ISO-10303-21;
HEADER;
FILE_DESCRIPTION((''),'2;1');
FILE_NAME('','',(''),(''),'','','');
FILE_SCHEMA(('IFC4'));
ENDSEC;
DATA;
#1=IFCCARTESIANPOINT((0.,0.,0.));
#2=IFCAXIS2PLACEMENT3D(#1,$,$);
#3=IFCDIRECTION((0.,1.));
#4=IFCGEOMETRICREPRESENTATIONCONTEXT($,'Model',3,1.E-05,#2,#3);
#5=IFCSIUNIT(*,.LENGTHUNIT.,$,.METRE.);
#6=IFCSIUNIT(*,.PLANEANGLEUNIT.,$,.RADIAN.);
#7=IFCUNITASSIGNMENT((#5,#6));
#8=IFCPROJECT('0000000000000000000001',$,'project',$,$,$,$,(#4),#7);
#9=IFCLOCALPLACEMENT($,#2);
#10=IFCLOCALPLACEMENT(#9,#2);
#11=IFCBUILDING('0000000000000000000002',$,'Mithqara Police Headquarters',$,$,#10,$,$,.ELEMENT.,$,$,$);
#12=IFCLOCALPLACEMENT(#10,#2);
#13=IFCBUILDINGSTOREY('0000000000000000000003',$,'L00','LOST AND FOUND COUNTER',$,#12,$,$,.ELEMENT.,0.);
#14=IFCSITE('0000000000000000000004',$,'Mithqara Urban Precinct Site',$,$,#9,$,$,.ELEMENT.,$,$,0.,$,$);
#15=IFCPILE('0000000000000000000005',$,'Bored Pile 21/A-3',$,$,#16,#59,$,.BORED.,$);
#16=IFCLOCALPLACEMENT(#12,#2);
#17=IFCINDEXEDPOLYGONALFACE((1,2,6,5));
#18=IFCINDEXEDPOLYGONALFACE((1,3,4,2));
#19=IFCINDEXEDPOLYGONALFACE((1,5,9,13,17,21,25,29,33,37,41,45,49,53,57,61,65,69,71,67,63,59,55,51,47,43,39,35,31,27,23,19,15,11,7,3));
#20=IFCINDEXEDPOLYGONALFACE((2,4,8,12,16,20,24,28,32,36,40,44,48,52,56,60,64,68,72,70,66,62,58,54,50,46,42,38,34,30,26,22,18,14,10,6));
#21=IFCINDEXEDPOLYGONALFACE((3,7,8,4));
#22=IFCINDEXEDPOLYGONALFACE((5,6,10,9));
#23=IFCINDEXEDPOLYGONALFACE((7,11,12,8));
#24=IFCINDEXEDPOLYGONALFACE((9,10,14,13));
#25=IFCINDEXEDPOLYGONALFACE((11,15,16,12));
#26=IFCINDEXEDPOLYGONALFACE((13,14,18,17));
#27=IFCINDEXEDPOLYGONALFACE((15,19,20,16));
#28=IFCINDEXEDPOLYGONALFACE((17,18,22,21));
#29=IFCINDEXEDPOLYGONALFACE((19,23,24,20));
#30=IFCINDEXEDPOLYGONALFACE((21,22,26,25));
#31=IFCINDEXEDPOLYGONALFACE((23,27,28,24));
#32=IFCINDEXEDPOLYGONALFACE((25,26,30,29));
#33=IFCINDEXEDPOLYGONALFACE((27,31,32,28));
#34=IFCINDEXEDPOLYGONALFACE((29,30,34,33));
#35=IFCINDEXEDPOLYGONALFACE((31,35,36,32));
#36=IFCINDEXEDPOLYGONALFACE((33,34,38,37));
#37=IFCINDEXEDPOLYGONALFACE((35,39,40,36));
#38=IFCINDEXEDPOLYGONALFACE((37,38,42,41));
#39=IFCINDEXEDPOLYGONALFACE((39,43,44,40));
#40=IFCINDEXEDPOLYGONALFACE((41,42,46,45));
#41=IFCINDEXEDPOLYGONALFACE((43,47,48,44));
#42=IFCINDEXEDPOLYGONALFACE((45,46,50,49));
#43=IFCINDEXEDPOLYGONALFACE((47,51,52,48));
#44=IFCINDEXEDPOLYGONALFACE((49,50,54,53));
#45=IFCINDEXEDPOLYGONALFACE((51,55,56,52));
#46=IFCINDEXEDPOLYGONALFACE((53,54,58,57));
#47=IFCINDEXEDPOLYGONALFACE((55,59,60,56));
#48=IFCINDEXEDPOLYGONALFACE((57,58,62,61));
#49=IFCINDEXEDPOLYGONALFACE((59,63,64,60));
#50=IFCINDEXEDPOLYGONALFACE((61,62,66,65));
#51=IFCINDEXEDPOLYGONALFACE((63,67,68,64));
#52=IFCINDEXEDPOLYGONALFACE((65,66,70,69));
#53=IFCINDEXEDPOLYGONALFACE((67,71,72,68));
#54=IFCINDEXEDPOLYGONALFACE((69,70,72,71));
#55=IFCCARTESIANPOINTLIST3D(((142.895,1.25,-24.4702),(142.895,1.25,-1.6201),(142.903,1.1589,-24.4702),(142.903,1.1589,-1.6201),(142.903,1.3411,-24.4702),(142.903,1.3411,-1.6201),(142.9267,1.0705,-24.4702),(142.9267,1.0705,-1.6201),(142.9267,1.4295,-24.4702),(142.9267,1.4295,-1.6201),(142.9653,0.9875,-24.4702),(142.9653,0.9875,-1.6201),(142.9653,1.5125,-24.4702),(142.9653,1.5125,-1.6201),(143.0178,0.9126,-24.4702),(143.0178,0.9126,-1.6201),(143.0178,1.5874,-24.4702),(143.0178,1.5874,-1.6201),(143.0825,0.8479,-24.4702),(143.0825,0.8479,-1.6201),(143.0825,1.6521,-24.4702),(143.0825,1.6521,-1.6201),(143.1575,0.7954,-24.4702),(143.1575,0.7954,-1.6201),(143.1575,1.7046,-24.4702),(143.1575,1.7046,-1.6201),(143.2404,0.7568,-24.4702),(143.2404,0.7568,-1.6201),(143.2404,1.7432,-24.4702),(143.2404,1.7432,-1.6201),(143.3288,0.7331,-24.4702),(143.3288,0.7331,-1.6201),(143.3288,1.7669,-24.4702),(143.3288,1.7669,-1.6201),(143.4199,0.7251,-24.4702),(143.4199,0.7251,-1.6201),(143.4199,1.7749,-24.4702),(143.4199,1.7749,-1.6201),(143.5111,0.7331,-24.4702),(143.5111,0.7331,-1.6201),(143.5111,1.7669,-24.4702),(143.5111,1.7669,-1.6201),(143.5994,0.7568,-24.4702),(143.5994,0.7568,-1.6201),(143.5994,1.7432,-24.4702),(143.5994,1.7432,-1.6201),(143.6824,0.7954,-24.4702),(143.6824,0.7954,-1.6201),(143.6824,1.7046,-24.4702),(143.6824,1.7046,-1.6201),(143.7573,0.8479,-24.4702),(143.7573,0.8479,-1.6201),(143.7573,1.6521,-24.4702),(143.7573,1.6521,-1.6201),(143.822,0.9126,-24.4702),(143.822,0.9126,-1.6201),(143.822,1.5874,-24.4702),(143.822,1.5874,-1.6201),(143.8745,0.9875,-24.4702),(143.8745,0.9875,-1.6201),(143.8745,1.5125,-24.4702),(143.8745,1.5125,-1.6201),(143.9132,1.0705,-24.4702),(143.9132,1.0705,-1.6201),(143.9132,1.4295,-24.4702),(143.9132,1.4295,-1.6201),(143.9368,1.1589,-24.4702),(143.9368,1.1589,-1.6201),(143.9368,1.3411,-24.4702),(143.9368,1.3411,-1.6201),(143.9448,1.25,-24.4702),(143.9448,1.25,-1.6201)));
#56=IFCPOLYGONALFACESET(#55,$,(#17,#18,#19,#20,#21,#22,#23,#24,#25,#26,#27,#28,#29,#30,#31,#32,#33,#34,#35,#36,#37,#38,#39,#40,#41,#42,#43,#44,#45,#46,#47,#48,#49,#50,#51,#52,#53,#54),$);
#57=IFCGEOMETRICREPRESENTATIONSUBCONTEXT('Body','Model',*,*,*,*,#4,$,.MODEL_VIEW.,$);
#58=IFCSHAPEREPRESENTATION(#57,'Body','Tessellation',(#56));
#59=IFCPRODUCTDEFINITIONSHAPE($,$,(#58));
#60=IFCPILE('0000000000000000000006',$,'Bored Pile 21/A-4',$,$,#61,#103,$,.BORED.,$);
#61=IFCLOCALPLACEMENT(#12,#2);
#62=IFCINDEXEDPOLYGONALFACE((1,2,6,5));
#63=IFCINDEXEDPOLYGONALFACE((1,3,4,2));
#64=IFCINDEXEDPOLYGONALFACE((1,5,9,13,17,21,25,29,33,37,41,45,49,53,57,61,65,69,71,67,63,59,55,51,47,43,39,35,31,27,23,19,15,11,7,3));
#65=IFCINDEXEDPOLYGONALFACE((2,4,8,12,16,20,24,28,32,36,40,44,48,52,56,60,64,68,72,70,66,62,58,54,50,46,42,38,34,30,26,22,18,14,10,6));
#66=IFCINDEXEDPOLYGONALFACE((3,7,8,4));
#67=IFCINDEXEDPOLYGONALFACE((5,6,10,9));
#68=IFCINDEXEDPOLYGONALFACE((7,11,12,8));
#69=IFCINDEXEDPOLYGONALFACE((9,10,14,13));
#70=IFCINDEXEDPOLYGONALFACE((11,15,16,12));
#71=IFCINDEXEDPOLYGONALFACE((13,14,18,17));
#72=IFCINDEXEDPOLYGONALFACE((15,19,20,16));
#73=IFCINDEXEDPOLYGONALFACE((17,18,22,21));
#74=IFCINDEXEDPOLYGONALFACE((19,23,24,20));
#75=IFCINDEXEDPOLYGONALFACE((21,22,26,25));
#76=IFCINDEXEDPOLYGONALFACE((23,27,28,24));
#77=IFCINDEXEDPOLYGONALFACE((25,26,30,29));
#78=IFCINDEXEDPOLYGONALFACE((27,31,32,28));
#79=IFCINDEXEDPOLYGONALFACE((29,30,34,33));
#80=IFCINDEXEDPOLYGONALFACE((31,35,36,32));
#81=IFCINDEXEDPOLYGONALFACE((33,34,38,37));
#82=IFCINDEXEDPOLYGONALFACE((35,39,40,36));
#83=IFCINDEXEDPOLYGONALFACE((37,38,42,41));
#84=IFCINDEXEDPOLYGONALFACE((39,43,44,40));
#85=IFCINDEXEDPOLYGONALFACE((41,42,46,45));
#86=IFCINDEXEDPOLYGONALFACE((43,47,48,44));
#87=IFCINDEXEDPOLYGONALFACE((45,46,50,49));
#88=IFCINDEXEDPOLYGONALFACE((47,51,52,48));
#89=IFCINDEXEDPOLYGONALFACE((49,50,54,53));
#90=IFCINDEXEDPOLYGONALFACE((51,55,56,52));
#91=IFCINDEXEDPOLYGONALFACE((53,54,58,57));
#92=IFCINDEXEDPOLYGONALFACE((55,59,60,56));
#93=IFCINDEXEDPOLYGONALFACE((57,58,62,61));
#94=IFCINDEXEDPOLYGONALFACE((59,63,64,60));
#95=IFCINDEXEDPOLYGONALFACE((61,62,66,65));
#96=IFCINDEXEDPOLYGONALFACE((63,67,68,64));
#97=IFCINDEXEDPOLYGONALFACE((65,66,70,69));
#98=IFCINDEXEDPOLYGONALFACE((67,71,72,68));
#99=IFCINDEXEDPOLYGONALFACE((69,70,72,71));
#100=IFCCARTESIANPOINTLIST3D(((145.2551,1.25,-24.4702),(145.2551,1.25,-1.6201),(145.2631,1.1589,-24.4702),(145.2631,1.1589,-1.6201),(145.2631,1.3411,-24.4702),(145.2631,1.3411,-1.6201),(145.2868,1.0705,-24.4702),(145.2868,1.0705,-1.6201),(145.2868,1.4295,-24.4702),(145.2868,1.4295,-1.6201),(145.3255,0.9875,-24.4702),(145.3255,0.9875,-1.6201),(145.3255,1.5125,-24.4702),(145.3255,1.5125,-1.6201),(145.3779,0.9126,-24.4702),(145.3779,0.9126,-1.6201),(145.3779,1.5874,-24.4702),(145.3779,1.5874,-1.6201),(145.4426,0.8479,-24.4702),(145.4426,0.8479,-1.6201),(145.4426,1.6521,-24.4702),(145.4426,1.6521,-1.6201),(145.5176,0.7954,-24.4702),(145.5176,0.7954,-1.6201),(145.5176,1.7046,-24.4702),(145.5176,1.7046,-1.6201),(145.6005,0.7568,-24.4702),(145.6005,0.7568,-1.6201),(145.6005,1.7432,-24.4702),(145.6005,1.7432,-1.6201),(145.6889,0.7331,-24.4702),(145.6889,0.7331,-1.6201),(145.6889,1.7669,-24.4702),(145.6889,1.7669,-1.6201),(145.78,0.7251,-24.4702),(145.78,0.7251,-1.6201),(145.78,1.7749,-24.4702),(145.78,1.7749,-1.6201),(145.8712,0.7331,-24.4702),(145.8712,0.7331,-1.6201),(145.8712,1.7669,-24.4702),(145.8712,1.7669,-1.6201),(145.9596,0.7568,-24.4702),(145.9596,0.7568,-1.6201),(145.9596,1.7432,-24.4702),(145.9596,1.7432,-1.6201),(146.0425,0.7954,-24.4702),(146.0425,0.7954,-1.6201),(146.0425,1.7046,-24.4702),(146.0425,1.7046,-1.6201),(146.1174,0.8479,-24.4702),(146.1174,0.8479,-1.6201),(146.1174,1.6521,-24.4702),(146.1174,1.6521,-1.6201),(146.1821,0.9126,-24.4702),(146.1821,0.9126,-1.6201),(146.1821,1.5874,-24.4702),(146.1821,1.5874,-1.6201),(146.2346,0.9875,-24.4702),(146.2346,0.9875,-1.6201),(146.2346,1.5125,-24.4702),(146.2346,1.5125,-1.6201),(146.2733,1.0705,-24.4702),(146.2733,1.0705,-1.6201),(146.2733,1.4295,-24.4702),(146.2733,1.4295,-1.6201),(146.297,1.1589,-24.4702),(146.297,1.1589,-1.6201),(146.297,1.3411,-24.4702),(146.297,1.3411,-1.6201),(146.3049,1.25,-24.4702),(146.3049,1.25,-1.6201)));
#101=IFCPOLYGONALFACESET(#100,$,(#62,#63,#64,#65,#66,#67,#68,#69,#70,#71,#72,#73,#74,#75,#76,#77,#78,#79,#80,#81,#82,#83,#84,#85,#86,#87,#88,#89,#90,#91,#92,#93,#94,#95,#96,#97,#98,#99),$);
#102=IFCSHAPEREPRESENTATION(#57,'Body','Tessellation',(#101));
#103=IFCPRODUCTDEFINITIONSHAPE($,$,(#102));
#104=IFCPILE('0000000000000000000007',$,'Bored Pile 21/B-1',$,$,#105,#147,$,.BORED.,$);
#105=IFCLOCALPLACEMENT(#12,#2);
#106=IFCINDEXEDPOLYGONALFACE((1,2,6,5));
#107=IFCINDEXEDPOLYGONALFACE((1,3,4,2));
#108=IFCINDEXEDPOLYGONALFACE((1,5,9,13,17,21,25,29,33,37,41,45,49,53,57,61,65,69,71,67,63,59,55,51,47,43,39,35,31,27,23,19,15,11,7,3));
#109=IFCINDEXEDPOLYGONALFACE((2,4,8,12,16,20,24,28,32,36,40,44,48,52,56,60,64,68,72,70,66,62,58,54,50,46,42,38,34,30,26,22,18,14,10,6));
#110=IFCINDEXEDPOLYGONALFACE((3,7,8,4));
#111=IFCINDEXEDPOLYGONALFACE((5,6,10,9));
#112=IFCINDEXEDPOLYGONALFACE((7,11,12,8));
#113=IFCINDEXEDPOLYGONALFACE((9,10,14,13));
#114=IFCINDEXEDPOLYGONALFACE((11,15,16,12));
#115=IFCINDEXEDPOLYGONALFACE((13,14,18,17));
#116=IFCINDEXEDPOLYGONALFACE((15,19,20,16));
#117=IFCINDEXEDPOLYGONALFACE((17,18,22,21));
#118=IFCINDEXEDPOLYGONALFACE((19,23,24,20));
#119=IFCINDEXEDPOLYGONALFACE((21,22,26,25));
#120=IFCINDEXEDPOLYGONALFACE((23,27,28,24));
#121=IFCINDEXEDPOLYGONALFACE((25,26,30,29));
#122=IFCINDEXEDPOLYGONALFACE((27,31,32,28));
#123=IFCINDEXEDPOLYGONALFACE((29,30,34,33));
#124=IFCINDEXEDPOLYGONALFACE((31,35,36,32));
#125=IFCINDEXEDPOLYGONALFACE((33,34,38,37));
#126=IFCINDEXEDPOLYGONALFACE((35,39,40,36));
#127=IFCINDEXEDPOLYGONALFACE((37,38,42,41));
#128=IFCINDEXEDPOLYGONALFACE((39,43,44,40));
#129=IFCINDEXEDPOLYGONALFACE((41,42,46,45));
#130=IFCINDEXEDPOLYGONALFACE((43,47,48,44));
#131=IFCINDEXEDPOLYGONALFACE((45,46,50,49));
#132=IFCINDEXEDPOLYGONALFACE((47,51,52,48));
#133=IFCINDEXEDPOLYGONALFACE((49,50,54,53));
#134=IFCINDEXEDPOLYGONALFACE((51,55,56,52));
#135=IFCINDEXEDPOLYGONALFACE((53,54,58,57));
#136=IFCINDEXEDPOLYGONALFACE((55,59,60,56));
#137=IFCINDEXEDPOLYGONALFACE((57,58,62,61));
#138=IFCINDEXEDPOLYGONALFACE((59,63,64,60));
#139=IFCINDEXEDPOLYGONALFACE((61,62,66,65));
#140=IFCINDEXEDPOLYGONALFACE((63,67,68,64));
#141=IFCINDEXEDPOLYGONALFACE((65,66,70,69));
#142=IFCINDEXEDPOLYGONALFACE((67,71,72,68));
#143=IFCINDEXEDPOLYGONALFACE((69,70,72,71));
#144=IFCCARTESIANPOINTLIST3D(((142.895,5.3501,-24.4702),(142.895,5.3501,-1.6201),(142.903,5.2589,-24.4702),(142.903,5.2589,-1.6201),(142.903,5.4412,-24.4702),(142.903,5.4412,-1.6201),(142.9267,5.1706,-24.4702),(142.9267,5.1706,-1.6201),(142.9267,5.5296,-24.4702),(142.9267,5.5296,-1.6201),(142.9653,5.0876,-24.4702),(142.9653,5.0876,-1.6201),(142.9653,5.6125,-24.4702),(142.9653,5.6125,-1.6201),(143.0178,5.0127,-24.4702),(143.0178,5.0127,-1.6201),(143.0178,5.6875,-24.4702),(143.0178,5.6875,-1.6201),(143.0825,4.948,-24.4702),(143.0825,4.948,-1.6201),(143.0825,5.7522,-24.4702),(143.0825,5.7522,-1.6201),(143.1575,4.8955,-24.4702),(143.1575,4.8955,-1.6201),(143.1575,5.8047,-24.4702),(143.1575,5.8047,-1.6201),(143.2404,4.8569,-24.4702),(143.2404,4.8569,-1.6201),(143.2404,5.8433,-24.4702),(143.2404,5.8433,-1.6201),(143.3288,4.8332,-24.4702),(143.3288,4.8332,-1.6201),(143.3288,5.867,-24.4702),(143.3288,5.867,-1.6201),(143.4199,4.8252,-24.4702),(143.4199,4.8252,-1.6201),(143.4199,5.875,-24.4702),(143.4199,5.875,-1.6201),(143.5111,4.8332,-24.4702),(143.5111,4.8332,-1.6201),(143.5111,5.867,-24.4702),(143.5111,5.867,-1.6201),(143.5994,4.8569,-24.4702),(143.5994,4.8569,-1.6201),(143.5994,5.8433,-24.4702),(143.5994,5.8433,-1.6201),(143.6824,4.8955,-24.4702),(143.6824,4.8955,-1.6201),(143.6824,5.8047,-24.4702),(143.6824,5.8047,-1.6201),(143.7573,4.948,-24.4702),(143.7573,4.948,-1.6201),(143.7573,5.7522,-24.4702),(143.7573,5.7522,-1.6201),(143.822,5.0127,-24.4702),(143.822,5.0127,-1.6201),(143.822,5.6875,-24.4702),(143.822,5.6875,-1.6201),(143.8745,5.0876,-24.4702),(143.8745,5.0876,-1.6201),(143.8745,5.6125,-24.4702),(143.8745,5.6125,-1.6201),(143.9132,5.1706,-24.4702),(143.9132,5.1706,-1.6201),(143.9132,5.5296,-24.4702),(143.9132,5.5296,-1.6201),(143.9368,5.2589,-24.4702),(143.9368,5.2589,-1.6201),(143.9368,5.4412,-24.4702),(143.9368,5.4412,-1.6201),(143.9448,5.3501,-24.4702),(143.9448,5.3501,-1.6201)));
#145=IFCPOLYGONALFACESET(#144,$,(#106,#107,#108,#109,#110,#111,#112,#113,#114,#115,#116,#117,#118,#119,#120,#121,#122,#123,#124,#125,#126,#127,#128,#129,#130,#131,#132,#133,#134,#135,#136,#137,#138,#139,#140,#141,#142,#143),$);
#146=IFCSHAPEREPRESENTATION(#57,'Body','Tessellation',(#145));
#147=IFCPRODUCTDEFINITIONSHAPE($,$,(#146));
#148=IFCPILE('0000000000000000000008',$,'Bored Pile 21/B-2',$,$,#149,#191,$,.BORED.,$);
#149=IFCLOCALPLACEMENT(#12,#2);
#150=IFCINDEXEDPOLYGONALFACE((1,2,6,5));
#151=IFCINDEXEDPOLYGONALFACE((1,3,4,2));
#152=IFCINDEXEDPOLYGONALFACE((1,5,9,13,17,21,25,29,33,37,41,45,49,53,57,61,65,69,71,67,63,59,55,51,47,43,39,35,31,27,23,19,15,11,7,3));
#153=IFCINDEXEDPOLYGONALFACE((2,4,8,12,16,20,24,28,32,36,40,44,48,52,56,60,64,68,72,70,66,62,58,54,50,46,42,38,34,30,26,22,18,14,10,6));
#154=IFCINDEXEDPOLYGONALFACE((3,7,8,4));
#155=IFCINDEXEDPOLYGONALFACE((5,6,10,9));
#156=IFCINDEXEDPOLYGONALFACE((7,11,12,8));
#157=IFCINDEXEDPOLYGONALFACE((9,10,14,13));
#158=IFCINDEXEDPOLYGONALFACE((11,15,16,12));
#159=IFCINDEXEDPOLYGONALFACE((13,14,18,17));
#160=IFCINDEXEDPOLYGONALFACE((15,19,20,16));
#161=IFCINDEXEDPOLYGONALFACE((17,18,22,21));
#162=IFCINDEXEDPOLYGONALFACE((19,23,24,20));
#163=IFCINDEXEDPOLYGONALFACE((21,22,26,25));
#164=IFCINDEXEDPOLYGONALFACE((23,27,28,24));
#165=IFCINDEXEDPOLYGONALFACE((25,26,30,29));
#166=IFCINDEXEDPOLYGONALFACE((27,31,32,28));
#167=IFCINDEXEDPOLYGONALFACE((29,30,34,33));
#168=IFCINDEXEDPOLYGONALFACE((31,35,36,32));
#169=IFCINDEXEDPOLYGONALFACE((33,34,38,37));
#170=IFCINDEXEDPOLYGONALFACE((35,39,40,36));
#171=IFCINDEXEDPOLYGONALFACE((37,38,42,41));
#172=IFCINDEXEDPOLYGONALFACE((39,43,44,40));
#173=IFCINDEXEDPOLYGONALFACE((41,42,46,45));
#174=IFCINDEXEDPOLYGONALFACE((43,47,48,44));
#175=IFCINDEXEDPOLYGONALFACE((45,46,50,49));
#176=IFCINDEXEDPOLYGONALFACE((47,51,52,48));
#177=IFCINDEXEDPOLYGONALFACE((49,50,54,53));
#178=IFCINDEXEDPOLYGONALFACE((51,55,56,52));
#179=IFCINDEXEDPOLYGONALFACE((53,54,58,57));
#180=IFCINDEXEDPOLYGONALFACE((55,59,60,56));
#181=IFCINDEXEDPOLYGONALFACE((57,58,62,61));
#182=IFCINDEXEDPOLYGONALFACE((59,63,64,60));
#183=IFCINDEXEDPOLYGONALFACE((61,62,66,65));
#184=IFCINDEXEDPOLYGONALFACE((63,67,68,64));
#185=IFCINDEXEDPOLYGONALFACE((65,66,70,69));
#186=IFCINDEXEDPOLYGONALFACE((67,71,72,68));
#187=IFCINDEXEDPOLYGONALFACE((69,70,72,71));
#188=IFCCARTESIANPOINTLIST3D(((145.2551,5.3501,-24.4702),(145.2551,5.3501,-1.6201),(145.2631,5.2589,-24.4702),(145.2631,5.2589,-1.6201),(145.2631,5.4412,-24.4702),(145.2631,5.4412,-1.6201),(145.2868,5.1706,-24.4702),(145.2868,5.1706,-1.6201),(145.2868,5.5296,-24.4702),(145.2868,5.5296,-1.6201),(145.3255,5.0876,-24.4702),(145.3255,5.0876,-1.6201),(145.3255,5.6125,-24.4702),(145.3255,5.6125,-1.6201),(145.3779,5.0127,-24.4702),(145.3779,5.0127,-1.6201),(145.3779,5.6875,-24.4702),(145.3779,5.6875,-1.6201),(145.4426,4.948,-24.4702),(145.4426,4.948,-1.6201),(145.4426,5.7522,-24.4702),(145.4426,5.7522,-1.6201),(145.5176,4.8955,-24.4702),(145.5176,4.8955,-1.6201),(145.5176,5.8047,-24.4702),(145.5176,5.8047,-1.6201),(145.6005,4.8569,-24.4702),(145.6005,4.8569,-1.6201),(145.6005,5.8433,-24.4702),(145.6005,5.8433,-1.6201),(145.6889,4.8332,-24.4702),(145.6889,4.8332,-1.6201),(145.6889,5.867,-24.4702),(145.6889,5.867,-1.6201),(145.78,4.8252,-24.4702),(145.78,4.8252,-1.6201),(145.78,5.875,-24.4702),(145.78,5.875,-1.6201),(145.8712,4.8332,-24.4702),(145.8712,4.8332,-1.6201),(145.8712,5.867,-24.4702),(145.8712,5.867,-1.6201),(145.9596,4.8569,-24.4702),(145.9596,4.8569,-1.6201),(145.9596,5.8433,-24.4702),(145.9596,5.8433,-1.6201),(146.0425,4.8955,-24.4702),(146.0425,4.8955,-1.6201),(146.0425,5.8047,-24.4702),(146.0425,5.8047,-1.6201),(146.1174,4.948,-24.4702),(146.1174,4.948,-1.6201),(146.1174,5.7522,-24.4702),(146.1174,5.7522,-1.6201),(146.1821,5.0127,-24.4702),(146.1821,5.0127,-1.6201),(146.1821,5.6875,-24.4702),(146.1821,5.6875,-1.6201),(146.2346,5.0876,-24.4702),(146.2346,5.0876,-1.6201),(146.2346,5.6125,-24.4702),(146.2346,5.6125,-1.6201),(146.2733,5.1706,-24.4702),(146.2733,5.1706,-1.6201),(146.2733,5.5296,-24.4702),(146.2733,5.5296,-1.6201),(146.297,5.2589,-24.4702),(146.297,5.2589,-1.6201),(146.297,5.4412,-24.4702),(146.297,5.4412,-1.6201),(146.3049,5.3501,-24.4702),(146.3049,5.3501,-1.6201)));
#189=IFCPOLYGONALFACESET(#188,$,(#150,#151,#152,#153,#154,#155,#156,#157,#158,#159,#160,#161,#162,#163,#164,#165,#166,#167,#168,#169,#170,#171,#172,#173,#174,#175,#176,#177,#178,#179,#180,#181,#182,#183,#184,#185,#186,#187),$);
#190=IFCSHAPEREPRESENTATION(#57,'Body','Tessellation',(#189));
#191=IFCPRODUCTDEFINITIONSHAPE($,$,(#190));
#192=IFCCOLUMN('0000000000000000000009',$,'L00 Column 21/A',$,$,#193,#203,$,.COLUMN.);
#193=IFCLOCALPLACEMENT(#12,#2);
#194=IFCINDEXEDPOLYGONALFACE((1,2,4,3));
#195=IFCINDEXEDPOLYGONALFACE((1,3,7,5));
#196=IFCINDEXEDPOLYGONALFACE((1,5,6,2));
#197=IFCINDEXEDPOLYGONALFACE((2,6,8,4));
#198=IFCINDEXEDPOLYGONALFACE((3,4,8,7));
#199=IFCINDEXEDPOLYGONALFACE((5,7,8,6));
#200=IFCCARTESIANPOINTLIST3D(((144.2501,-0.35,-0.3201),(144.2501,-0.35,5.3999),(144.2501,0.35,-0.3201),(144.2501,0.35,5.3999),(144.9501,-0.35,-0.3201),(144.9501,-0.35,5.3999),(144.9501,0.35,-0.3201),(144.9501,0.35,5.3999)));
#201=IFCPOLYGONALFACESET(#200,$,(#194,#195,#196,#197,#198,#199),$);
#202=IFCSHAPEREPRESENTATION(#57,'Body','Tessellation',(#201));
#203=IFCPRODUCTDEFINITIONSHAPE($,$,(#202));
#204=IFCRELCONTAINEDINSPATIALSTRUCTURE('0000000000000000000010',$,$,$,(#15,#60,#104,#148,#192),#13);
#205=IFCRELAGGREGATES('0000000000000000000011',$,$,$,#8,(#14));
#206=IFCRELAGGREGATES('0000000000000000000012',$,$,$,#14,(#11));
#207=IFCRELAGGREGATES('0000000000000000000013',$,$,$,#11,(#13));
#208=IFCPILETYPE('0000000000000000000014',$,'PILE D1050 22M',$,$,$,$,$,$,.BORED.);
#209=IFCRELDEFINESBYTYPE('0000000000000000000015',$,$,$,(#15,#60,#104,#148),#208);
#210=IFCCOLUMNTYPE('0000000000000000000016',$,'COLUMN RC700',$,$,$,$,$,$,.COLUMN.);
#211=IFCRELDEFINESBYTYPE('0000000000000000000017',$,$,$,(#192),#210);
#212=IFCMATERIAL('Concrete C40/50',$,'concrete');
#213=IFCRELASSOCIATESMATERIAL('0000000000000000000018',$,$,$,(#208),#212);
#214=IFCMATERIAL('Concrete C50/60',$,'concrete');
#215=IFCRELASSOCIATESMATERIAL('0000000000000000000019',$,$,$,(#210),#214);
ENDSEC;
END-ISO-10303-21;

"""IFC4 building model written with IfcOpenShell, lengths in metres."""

from ifc_helpers import new_model, si_unit, direction, frame, origin, origin_2d, place, context, subcontext, project, spatial, rectangle, circle, extrude, material, material_profile, profile_set, type_object, element, save


model = new_model("IFC4")

# Units and contexts
model_context = context("Model", 3, precision=1e-05, world=origin(), true_north=direction((0.0, 1.0)))
body_context = subcontext(model_context, "Body", "Model", "MODEL_VIEW")
ifc_project = project(units=[si_unit("LENGTHUNIT", "METRE"), si_unit("PLANEANGLEUNIT", "RADIAN")], contexts=[model_context])

# Site, building, storey
site_placement = place(None, origin())
site = spatial("IfcSite", under=ifc_project, at=site_placement, Name="Mithqara Urban Precinct Site", CompositionType="ELEMENT", RefElevation=0.0)
building_placement = place(site_placement, origin())
building = spatial("IfcBuilding", under=site, at=building_placement, Name="Mithqara Police Headquarters", CompositionType="ELEMENT")
storey_placement = place(building_placement, origin())
storey = spatial("IfcBuildingStorey", under=building, at=storey_placement, Name="L00", Description="LOST AND FOUND COUNTER", CompositionType="ELEMENT", Elevation=0.0)

# Shared definitions
ifc_material_1 = material(Name="Concrete C40/50", Category="concrete")

# Piles
ifc_material_profile_1 = material_profile(ifc_material_1, circle(Radius=0.5249, at=origin_2d()), Name="PILE D1050")
ifc_profile_set_1 = profile_set([ifc_material_profile_1], Name="Concrete C40/50")
pile_type = type_object("IfcPileType", Name="PILE D1050 22M", PredefinedType="BORED", material=ifc_profile_set_1)
for number, where, z_axis, x_axis, name in (
    (1, (143.4199, 1.25, -1.6201), (0.0, 0.0, -1.0), (1.0, 0.0, 0.0), "Bored Pile 21/A-3"),
    (2, (145.78, 1.25, -1.6201), (0.0, 0.0, -1.0), (1.0, 0.0, 0.0), "Bored Pile 21/A-4"),
    (3, (143.4199, 5.3501, -1.6201), (0.0, 0.0, -1.0), (1.0, 0.0, 0.0), "Bored Pile 21/B-1"),
    (4, (145.78, 5.3501, -1.6201), (0.0, 0.0, -1.0), (1.0, 0.0, 0.0), "Bored Pile 21/B-2"),
):
    element("IfcPile", number, at=place(storey_placement, frame(where, z_axis=z_axis, x_axis=x_axis)), inside=storey, type_object=pile_type, Name=name, PredefinedType="BORED", context=body_context, shape_type="SweptSolid", body=[
        extrude(circle(Radius=0.5249, at=origin_2d()), origin(), (0.0, 0.0, 1.0), 22.8501),
    ])

# Column
ifc_material_2 = material(Name="Concrete C50/60", Category="concrete")
ifc_material_profile_2 = material_profile(ifc_material_2, rectangle(XDim=0.7, YDim=0.7, at=origin_2d()), Name="RC 700x700")
ifc_profile_set_2 = profile_set([ifc_material_profile_2], Name="Concrete C50/60")
column_type = type_object("IfcColumnType", Name="COLUMN RC700", PredefinedType="COLUMN", material=ifc_profile_set_2)
column_placement = place(storey_placement, frame((144.6001, 0.0, -0.3201), z_axis=(0.0, 0.0, 1.0), x_axis=(1.0, 0.0, 0.0)))
element("IfcColumn", 5, at=column_placement, inside=storey, type_object=column_type, Name="L00 Column 21/A", PredefinedType="COLUMN", context=body_context, shape_type="SweptSolid", body=[
    extrude(rectangle(XDim=0.7, YDim=0.7, at=origin_2d()), origin(), (0.0, 0.0, 1.0), 5.72),
])

save(model, "model.ifc")
